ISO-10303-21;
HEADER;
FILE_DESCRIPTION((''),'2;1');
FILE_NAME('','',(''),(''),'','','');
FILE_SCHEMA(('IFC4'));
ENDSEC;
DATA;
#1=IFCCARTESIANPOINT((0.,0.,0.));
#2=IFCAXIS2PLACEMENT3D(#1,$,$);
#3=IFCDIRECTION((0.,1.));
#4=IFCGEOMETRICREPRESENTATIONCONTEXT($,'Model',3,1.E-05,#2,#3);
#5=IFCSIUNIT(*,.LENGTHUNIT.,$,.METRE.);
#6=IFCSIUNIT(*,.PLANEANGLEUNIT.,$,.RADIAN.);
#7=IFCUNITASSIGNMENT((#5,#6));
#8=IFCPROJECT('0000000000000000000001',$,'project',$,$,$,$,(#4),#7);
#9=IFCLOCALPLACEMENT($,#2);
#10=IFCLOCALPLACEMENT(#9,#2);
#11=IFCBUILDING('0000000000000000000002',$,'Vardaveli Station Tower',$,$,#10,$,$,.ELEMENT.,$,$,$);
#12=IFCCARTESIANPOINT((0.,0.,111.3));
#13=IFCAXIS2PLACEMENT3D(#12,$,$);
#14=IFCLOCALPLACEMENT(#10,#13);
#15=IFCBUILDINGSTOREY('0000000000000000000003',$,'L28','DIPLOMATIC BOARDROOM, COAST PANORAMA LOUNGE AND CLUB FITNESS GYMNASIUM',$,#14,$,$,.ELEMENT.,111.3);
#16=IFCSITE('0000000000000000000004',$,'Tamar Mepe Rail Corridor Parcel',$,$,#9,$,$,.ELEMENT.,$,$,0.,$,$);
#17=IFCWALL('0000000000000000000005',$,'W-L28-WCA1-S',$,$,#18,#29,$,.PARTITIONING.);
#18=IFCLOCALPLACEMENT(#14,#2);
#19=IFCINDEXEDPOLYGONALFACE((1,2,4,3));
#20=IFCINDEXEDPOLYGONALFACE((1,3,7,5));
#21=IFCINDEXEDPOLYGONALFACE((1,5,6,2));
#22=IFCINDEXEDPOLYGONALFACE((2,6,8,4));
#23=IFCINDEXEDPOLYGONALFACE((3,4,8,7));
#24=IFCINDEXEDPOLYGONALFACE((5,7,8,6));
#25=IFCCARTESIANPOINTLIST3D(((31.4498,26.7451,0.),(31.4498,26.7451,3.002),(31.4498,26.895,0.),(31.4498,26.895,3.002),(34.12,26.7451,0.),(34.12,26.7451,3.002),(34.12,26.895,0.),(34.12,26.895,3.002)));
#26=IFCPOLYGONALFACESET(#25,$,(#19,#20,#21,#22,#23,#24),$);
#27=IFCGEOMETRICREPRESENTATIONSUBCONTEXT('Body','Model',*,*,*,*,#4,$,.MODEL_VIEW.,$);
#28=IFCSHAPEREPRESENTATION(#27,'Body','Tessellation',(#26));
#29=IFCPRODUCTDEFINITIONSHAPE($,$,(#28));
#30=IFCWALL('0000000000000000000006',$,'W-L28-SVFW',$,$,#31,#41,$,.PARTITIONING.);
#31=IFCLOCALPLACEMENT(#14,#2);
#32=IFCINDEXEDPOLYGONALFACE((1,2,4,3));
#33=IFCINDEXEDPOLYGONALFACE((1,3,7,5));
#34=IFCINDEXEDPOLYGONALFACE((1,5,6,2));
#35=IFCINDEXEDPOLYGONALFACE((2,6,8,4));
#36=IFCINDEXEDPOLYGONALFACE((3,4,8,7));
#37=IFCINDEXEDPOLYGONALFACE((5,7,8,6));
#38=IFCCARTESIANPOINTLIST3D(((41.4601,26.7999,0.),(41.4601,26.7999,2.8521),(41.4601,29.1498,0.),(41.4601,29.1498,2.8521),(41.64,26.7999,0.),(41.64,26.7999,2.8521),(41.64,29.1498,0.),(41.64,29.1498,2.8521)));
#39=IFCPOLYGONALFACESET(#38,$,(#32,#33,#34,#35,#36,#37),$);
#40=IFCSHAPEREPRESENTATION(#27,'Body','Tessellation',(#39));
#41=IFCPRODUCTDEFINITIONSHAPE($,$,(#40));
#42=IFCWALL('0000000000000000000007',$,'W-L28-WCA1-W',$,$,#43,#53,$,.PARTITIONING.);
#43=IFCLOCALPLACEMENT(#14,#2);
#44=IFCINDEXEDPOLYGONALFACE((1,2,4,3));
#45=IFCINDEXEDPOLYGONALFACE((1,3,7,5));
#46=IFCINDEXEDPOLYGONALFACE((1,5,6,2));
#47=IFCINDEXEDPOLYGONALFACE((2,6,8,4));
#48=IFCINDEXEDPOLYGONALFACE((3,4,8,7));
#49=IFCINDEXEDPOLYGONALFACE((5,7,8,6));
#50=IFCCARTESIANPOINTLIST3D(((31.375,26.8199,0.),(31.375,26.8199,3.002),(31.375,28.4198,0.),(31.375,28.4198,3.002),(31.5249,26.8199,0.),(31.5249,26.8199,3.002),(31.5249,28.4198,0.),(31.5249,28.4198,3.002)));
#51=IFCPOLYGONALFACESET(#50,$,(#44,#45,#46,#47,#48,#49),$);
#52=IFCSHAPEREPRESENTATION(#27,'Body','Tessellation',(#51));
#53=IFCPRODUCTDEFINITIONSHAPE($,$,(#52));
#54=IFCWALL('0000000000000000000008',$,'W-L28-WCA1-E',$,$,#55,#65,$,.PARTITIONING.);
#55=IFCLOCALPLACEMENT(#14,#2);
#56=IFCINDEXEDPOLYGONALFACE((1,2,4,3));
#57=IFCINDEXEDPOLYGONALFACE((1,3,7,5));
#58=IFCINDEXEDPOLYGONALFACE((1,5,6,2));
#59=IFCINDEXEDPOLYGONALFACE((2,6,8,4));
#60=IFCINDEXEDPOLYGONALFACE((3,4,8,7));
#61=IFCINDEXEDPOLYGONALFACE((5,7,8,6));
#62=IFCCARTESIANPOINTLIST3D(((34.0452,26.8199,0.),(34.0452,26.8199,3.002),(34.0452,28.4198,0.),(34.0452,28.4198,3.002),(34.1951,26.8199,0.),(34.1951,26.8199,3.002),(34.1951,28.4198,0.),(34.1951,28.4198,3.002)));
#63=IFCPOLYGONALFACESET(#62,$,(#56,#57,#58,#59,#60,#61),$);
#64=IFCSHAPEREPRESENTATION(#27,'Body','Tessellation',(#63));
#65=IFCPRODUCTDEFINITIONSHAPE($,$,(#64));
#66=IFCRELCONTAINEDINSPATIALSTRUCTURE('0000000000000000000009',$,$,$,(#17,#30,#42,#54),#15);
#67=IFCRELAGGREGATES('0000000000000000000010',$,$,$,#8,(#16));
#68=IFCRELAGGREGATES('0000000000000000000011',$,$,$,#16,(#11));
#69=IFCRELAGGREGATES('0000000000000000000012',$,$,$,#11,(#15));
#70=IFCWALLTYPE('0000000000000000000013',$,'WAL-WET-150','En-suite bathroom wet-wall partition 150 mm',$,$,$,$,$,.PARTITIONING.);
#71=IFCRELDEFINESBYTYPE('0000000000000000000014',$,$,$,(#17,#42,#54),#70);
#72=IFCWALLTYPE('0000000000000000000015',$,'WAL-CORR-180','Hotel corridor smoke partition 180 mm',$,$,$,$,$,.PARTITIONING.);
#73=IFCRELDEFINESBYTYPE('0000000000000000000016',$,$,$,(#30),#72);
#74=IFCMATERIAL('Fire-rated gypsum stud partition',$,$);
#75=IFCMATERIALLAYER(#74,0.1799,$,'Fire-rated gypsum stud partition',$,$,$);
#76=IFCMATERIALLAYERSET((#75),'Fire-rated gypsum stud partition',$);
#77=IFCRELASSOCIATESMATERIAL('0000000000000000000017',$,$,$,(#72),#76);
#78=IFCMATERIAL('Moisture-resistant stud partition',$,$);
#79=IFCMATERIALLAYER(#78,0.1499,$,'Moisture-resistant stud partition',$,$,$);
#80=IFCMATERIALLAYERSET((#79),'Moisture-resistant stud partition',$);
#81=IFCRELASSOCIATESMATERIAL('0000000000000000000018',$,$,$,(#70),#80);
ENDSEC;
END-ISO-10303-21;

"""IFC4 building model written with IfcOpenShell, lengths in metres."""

from ifc_helpers import new_model, si_unit, direction, frame, frame_2d, origin, place, context, subcontext, project, spatial, rectangle, extrude, source, transform, mapped, material, layer, layer_set, type_object, element, save


model = new_model("IFC4")

# Units and contexts
model_context = context("Model", 3, precision=1e-05, world=origin(), true_north=direction((0.0, 1.0)))
body_context = subcontext(model_context, "Body", "Model", "MODEL_VIEW")
ifc_project = project(units=[si_unit("LENGTHUNIT", "METRE"), si_unit("PLANEANGLEUNIT", "RADIAN")], contexts=[model_context])

# Site, building, storey
site_placement = place(None, origin())
site = spatial("IfcSite", under=ifc_project, at=site_placement, Name="Tamar Mepe Rail Corridor Parcel", CompositionType="ELEMENT", RefElevation=0.0)
building_placement = place(site_placement, origin())
building = spatial("IfcBuilding", under=site, at=building_placement, Name="Vardaveli Station Tower", CompositionType="ELEMENT")
storey_placement = place(building_placement, frame((0.0, 0.0, 111.3)))
storey = spatial("IfcBuildingStorey", under=building, at=storey_placement, Name="L28", Description="DIPLOMATIC BOARDROOM, COAST PANORAMA LOUNGE AND CLUB FITNESS GYMNASIUM", CompositionType="ELEMENT", Elevation=111.3)

# Walls
ifc_material_1 = material(Name="Fire-rated gypsum stud partition")
ifc_layer_1 = layer(ifc_material_1, 0.1799, Name="Fire-rated gypsum stud partition")
ifc_layer_set_1 = layer_set([ifc_layer_1], Name="Fire-rated gypsum stud partition")
wall_type_1 = type_object("IfcWallType", Name="WAL-CORR-180", Description="Hotel corridor smoke partition 180 mm", PredefinedType="PARTITIONING", material=ifc_layer_set_1)
ifc_material_2 = material(Name="Moisture-resistant stud partition")
ifc_layer_2 = layer(ifc_material_2, 0.1499, Name="Moisture-resistant stud partition")
ifc_layer_set_2 = layer_set([ifc_layer_2], Name="Moisture-resistant stud partition")
wall_type_2 = type_object("IfcWallType", Name="WAL-WET-150", Description="En-suite bathroom wet-wall partition 150 mm", PredefinedType="PARTITIONING", material=ifc_layer_set_2)
shared_shape_1 = source(origin(), body_context, "Body", "SweptSolid", [
    extrude(rectangle(XDim=2.6702, YDim=0.1499, at=frame_2d((1.335, 0.0))), origin(), (0.0, 0.0, 1.0), 3.002),
])
wall_1_placement = place(storey_placement, frame((31.45, 26.8201, 0.0), z_axis=(0.0, 0.0, 1.0), x_axis=(1.0, 0.0, 0.0)))
element("IfcWall", 1, at=wall_1_placement, inside=storey, type_object=wall_type_2, Name="W-L28-WCA1-S", PredefinedType="PARTITIONING", context=body_context, shape_type="MappedRepresentation", body=[
    mapped(shared_shape_1, transform((0.0, 0.0, 0.0), scale=1.0)),
])
shared_shape_2 = source(origin(), body_context, "Body", "SweptSolid", [
    extrude(rectangle(XDim=2.3499, YDim=0.1799, at=frame_2d((1.1748, 0.0))), origin(), (0.0, 0.0, 1.0), 2.8521),
])
wall_2_placement = place(storey_placement, frame((41.55, 26.8, 0.0), z_axis=(0.0, 0.0, 1.0), x_axis=(0.0, 1.0, 0.0)))
element("IfcWall", 2, at=wall_2_placement, inside=storey, type_object=wall_type_1, Name="W-L28-SVFW", PredefinedType="PARTITIONING", context=body_context, shape_type="MappedRepresentation", body=[
    mapped(shared_shape_2, transform((0.0, 0.0, 0.0), scale=1.0)),
])
shared_shape_3 = source(origin(), body_context, "Body", "SweptSolid", [
    extrude(rectangle(XDim=1.5999, YDim=0.1499, at=frame_2d((0.7998, 0.0))), origin(), (0.0, 0.0, 1.0), 3.002),
])
for number, where, z_axis, x_axis, name in (
    (3, (31.45, 26.8201, 0.0), (0.0, 0.0, 1.0), (0.0, 1.0, 0.0), "W-L28-WCA1-W"),
    (4, (34.1201, 26.8201, 0.0), (0.0, 0.0, 1.0), (0.0, 1.0, 0.0), "W-L28-WCA1-E"),
):
    element("IfcWall", number, at=place(storey_placement, frame(where, z_axis=z_axis, x_axis=x_axis)), inside=storey, type_object=wall_type_2, Name=name, PredefinedType="PARTITIONING", context=body_context, shape_type="MappedRepresentation", body=[
        mapped(shared_shape_3, transform((0.0, 0.0, 0.0), scale=1.0)),
    ])

save(model, "model.ifc")
